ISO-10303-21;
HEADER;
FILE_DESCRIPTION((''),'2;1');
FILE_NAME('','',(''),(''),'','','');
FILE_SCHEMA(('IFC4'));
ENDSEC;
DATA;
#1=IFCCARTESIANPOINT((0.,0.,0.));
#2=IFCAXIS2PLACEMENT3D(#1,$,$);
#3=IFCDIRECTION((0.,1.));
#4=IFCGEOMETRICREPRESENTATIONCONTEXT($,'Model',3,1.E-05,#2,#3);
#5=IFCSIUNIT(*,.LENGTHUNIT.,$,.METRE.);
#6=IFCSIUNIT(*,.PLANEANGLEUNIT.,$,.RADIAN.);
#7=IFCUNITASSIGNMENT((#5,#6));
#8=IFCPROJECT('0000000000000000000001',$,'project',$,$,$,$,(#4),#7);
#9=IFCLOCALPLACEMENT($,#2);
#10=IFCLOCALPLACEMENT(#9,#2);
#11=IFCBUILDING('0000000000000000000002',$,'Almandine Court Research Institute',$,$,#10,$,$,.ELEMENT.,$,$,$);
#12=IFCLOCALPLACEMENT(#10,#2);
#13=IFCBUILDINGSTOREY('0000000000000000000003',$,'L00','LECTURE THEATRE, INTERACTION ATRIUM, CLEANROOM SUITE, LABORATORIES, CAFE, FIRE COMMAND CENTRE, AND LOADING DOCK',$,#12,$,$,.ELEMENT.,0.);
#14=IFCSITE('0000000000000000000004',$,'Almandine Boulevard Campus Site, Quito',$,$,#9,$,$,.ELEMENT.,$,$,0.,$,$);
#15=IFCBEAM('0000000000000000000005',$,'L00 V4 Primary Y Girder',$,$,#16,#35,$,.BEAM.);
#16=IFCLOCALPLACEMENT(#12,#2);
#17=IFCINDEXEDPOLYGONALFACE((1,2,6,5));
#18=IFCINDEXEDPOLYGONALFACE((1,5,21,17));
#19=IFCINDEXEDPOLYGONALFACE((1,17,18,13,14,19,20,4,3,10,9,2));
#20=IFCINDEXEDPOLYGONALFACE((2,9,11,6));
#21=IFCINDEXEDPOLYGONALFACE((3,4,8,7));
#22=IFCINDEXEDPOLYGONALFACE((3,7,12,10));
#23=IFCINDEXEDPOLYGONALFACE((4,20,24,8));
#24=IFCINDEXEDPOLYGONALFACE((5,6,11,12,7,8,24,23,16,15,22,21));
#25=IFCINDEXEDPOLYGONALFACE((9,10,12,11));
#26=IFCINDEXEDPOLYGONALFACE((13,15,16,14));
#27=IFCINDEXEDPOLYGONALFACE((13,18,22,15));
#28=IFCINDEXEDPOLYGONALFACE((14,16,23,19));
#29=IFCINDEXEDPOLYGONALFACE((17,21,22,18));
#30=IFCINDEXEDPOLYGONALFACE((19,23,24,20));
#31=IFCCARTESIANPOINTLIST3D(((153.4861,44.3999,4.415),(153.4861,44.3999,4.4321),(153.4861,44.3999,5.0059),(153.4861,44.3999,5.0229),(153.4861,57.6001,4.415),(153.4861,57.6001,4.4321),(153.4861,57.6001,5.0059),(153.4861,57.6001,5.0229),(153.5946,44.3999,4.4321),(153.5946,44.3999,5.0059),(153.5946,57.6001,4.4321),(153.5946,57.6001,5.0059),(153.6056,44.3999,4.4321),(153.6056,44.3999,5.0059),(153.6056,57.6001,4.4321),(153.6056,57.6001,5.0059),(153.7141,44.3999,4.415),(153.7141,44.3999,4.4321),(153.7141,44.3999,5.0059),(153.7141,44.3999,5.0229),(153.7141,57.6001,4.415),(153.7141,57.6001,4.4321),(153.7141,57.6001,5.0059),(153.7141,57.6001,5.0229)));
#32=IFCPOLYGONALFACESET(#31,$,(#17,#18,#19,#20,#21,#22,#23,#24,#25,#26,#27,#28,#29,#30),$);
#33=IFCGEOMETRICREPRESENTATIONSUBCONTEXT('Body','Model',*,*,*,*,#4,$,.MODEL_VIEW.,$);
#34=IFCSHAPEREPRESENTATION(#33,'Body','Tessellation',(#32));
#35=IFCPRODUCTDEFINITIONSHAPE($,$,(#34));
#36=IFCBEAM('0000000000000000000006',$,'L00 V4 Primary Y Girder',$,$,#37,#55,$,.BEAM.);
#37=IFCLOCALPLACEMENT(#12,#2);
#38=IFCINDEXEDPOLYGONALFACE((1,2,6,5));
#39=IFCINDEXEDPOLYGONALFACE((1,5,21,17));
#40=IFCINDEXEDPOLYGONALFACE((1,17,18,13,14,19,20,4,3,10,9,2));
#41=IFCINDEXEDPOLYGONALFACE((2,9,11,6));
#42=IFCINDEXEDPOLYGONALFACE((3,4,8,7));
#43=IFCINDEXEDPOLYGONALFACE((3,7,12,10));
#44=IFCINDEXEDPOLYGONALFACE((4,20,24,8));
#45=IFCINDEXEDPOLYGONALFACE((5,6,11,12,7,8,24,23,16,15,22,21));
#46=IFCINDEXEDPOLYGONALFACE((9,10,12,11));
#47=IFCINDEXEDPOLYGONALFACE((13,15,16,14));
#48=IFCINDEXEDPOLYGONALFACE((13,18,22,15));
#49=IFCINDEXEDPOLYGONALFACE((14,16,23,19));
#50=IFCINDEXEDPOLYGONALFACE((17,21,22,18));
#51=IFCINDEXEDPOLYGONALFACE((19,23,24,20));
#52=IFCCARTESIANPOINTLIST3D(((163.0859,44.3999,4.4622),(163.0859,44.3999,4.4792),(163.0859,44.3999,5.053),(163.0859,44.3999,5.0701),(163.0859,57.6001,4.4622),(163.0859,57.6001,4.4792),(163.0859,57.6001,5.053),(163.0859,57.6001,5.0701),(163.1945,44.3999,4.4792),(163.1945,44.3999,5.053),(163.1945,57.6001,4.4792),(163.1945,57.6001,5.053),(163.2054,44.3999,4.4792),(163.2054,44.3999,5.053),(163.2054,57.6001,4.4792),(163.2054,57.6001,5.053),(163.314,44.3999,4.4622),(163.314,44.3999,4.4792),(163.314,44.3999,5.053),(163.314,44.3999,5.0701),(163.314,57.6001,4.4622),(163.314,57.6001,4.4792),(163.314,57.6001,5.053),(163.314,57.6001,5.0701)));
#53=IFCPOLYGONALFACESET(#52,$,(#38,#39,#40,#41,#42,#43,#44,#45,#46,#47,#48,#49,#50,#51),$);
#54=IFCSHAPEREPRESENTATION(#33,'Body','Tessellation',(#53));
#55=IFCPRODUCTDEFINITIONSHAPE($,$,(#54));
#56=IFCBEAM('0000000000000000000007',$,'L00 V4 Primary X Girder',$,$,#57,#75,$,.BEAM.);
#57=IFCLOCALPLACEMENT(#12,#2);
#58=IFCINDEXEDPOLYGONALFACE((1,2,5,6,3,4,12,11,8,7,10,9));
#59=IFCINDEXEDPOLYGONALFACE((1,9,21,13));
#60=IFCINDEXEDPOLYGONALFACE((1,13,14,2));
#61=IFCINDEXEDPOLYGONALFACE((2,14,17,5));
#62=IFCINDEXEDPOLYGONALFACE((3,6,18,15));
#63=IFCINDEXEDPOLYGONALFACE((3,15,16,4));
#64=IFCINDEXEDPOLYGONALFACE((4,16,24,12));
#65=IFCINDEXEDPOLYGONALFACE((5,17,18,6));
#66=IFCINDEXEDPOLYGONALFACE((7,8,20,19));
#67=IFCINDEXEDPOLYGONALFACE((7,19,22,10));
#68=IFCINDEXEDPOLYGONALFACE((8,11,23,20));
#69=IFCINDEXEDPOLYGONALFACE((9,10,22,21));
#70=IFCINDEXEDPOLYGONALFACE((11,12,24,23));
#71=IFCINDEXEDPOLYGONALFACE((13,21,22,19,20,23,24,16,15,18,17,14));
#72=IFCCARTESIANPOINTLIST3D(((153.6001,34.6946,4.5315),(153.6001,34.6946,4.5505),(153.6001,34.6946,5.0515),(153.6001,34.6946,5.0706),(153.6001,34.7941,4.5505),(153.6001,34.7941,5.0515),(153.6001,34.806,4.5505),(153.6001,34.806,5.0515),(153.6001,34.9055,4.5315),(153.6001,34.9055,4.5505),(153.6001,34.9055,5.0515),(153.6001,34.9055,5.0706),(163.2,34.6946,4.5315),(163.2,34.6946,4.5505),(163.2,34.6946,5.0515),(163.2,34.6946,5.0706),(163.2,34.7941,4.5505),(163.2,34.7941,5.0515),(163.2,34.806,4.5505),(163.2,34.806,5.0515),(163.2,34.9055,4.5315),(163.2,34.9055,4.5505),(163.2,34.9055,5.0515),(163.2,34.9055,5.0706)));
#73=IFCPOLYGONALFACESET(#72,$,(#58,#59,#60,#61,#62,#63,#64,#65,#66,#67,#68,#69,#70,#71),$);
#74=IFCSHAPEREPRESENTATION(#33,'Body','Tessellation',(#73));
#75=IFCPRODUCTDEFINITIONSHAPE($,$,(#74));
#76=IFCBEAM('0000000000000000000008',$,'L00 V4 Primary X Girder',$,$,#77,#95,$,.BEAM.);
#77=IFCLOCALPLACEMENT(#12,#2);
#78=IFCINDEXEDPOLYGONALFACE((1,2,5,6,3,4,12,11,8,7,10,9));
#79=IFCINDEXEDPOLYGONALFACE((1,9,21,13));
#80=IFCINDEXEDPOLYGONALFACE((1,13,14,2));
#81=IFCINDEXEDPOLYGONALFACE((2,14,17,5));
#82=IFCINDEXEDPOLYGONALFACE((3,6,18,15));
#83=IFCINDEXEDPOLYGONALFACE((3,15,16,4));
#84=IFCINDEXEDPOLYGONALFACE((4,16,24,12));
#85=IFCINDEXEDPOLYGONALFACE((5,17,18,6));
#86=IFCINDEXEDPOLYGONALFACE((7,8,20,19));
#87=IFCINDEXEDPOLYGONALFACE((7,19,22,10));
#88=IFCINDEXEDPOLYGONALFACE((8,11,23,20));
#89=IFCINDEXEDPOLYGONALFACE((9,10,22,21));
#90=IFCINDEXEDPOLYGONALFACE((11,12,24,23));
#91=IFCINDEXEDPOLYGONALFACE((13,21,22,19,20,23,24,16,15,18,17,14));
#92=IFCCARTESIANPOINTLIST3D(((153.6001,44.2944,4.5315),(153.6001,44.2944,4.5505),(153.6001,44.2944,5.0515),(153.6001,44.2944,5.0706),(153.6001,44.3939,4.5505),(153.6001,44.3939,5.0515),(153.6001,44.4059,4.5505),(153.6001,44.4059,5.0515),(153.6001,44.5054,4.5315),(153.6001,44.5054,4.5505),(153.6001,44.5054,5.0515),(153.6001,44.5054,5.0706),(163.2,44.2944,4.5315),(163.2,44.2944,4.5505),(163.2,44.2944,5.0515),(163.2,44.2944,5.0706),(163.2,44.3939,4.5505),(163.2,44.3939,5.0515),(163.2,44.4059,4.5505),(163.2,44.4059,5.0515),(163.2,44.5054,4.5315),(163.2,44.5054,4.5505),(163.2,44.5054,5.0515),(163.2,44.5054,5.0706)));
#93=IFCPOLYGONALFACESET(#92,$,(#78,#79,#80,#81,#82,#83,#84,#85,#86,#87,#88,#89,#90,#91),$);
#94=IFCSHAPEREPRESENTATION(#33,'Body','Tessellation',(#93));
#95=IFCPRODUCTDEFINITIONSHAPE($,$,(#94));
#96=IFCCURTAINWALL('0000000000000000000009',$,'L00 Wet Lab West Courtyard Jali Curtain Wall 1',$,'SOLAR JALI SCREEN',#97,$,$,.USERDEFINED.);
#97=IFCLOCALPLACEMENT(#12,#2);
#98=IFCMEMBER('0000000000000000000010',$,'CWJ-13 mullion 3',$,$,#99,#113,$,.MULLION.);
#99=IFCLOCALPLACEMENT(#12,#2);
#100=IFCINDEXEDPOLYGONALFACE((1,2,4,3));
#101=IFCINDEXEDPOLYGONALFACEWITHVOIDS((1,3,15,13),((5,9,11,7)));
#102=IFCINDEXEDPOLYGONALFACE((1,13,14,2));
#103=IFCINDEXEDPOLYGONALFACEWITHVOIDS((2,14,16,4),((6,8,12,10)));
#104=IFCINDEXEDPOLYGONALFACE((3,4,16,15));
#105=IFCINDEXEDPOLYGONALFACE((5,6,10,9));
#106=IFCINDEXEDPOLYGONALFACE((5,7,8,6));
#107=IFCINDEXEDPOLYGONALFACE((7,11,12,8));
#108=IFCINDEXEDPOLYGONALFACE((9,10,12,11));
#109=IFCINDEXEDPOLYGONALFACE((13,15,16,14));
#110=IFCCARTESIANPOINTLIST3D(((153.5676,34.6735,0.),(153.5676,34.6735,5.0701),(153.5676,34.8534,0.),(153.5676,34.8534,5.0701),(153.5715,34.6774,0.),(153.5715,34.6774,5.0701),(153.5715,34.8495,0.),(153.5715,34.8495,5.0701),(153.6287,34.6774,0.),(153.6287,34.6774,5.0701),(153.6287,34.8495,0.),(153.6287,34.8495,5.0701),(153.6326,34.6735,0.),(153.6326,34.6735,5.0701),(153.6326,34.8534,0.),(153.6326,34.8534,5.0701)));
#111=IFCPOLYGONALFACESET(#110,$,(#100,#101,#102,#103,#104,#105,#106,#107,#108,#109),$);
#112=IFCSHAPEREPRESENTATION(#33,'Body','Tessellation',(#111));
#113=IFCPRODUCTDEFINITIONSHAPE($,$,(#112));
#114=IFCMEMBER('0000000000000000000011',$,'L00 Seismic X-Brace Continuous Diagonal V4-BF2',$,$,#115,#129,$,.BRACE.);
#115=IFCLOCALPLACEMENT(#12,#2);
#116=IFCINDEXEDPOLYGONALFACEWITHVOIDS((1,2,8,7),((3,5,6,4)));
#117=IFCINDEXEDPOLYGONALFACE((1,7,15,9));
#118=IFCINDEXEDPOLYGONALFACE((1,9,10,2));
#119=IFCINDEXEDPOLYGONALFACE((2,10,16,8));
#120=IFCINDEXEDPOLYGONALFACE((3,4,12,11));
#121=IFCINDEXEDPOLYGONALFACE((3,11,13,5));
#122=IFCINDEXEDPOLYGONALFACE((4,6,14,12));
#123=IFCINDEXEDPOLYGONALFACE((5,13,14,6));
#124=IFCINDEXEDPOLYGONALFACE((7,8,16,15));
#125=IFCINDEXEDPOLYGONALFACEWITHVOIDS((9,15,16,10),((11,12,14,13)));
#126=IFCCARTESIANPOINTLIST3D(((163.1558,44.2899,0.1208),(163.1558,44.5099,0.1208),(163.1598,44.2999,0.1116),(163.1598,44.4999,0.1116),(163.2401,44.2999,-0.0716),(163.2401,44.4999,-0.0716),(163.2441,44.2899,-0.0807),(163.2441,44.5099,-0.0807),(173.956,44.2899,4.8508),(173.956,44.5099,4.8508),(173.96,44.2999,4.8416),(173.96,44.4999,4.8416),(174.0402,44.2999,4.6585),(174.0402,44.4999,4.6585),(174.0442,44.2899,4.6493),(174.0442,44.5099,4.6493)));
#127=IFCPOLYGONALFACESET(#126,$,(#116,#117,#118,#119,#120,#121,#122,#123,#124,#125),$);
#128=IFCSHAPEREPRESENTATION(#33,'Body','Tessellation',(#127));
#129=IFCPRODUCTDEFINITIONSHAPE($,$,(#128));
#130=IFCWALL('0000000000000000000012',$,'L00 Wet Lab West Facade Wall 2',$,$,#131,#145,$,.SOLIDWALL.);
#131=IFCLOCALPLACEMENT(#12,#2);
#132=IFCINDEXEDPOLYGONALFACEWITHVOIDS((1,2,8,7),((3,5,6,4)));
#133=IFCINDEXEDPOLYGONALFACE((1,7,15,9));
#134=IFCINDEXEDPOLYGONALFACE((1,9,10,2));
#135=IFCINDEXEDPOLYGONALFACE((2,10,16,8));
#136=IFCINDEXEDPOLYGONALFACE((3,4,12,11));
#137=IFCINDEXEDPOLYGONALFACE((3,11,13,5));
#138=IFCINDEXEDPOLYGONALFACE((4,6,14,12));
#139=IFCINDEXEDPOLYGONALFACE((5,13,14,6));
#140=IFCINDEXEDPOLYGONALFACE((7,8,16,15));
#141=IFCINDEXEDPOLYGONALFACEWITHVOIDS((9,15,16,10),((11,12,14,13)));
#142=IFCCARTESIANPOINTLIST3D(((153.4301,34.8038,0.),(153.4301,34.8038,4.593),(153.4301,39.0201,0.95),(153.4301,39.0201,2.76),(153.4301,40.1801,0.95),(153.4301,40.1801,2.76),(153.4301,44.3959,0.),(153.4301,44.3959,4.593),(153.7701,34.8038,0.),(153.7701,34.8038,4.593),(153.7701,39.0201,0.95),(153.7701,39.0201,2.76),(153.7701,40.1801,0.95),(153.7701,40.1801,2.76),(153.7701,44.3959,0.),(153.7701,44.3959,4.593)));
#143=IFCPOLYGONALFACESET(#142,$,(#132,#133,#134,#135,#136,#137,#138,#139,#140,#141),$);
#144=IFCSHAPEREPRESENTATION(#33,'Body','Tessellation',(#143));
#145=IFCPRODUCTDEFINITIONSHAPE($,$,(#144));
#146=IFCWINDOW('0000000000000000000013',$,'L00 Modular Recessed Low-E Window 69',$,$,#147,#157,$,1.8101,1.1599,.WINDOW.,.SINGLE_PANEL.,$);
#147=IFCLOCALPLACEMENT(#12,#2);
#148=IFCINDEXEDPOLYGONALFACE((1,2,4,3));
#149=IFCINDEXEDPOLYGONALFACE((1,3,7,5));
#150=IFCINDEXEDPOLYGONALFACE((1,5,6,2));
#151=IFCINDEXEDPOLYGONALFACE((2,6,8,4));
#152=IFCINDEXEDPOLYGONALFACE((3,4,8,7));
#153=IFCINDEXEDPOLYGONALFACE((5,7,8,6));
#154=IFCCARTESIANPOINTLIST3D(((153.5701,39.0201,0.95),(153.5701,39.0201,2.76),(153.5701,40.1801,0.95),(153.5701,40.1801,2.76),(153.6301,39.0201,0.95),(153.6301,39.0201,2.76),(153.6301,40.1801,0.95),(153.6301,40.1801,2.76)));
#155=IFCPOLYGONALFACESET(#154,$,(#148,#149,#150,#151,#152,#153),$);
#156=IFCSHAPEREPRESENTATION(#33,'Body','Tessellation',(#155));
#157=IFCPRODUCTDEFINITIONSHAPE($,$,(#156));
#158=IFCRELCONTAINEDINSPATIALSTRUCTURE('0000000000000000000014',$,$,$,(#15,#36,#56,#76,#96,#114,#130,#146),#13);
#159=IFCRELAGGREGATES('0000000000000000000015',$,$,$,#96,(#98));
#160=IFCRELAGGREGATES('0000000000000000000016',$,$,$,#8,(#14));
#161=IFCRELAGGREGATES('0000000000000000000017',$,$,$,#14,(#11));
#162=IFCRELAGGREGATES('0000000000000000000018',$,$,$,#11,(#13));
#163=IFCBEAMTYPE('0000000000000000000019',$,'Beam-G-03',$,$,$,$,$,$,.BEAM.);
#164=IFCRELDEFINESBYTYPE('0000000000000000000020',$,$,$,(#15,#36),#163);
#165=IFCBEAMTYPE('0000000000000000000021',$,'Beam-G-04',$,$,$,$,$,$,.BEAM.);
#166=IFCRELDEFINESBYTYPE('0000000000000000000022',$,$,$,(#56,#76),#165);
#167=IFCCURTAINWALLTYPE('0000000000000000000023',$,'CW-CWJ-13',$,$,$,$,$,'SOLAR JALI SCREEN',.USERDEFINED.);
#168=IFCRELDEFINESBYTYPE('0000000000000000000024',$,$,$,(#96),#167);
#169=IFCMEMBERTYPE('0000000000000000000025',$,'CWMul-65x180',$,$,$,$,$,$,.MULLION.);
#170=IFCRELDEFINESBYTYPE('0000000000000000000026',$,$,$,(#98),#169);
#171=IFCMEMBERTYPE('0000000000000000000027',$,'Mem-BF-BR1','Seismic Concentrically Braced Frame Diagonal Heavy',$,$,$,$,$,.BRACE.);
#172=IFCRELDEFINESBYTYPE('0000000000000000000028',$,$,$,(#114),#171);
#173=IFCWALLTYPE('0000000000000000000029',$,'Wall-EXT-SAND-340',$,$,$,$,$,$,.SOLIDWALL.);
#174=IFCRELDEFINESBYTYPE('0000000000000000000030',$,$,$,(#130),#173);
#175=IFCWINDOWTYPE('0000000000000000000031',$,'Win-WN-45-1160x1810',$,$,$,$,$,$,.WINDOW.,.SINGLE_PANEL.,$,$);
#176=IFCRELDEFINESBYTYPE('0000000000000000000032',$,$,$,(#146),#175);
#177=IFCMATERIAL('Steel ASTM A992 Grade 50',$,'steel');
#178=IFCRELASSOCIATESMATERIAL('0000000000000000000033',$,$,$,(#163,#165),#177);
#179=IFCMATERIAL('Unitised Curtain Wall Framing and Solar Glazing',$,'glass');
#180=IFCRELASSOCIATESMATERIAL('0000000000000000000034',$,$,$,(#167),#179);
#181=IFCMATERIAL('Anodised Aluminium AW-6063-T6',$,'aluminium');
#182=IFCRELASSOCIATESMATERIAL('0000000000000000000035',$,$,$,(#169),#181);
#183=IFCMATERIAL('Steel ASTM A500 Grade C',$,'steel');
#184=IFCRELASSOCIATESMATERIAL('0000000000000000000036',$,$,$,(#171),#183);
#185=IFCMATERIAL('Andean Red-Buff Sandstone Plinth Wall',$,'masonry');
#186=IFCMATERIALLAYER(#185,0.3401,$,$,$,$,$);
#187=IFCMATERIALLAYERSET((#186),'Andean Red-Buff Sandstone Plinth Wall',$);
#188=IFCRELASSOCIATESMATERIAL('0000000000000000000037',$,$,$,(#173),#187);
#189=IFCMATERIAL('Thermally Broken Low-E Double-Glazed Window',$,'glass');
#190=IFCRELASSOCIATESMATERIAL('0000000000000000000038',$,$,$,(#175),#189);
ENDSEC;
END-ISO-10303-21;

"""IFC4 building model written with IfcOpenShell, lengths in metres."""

from ifc_helpers import new_model, si_unit, direction, frame, frame_2d, origin, origin_2d, place, context, subcontext, project, spatial, rectangle, hollow_rectangle, i_section, extrude, material, layer, layer_set, material_profile, profile_set, type_object, element, fill, aggregate, save


model = new_model("IFC4")

# Units and contexts
model_context = context("Model", 3, precision=1e-05, world=origin(), true_north=direction((0.0, 1.0)))
body_context = subcontext(model_context, "Body", "Model", "MODEL_VIEW")
ifc_project = project(units=[si_unit("LENGTHUNIT", "METRE"), si_unit("PLANEANGLEUNIT", "RADIAN")], contexts=[model_context])

# Site, building, storey
site_placement = place(None, origin())
site = spatial("IfcSite", under=ifc_project, at=site_placement, Name="Almandine Boulevard Campus Site, Quito", CompositionType="ELEMENT", RefElevation=0.0)
building_placement = place(site_placement, origin())
building = spatial("IfcBuilding", under=site, at=building_placement, Name="Almandine Court Research Institute", CompositionType="ELEMENT")
storey_placement = place(building_placement, origin())
storey = spatial("IfcBuildingStorey", under=building, at=storey_placement, Name="L00", Description="LECTURE THEATRE, INTERACTION ATRIUM, CLEANROOM SUITE, LABORATORIES, CAFE, FIRE COMMAND CENTRE, AND LOADING DOCK", CompositionType="ELEMENT", Elevation=0.0)

# Shared definitions
ifc_material_1 = material(Name="Steel ASTM A992 Grade 50", Category="steel")

# Beams
ifc_material_profile_1 = material_profile(ifc_material_1, i_section(OverallWidth=0.228, OverallDepth=0.6079, WebThickness=0.011, FlangeThickness=0.0171, at=origin_2d()), Name="W610x113")
ifc_profile_set_1 = profile_set([ifc_material_profile_1], Name="Steel ASTM A992 Grade 50")
beam_type_1 = type_object("IfcBeamType", Name="Beam-G-03", PredefinedType="BEAM", material=ifc_profile_set_1)
for number, where, z_axis, x_axis, name in (
    (1, (153.6001, 44.3999, 4.719), (0.0, 1.0, 0.0), (-1.0, 0.0, 0.0), "L00 V4 Primary Y Girder"),
    (2, (163.2, 44.3999, 4.7661), (0.0, 1.0, 0.0), (-1.0, 0.0, 0.0), "L00 V4 Primary Y Girder"),
):
    element("IfcBeam", number, at=place(storey_placement, frame(where, z_axis=z_axis, x_axis=x_axis)), inside=storey, type_object=beam_type_1, Name=name, PredefinedType="BEAM", context=body_context, shape_type="SweptSolid", body=[
        extrude(i_section(OverallWidth=0.228, OverallDepth=0.6079, WebThickness=0.011, FlangeThickness=0.0171, at=origin_2d()), origin(), (0.0, 0.0, 1.0), 13.2002),
    ])
ifc_material_profile_2 = material_profile(ifc_material_1, i_section(OverallWidth=0.2109, OverallDepth=0.5391, WebThickness=0.012, FlangeThickness=0.019, at=origin_2d()), Name="W530x109")
ifc_profile_set_2 = profile_set([ifc_material_profile_2], Name="Steel ASTM A992 Grade 50")
beam_type_2 = type_object("IfcBeamType", Name="Beam-G-04", PredefinedType="BEAM", material=ifc_profile_set_2)
for number, where, z_axis, x_axis, name in (
    (3, (153.6001, 34.8, 4.801), (1.0, 0.0, 0.0), (0.0, 1.0, 0.0), "L00 V4 Primary X Girder"),
    (4, (153.6001, 44.3999, 4.801), (1.0, 0.0, 0.0), (0.0, 1.0, 0.0), "L00 V4 Primary X Girder"),
):
    element("IfcBeam", number, at=place(storey_placement, frame(where, z_axis=z_axis, x_axis=x_axis)), inside=storey, type_object=beam_type_2, Name=name, PredefinedType="BEAM", context=body_context, shape_type="SweptSolid", body=[
        extrude(i_section(OverallWidth=0.2109, OverallDepth=0.5391, WebThickness=0.012, FlangeThickness=0.019, at=origin_2d()), origin(), (0.0, 0.0, 1.0), 9.5999),
    ])

# Curtain wall, member
ifc_material_2 = material(Name="Unitised Curtain Wall Framing and Solar Glazing", Category="glass")
curtain_wall_type = type_object("IfcCurtainWallType", Name="CW-CWJ-13", ElementType="SOLAR JALI SCREEN", PredefinedType="USERDEFINED", material=ifc_material_2)
curtain_wall_placement = place(storey_placement, origin())
curtain_wall = element("IfcCurtainWall", 5, at=curtain_wall_placement, inside=storey, type_object=curtain_wall_type, Name="L00 Wet Lab West Courtyard Jali Curtain Wall 1", ObjectType="SOLAR JALI SCREEN", PredefinedType="USERDEFINED")
ifc_material_3 = material(Name="Anodised Aluminium AW-6063-T6", Category="aluminium")
ifc_material_profile_3 = material_profile(ifc_material_3, hollow_rectangle(XDim=0.0649, YDim=0.1799, WallThickness=0.0039, at=origin_2d()), Name="ALU RHS 65x180x4")
ifc_profile_set_3 = profile_set([ifc_material_profile_3], Name="Anodised Aluminium AW-6063-T6")
member_type_1 = type_object("IfcMemberType", Name="CWMul-65x180", PredefinedType="MULLION", material=ifc_profile_set_3)
member_1_placement = place(storey_placement, frame((153.6001, 34.7634, 0.0), z_axis=(0.0, 0.0, 1.0), x_axis=(-1.0, 0.0, 0.0)))
member_1 = element("IfcMember", 6, at=member_1_placement, type_object=member_type_1, Name="CWJ-13 mullion 3", PredefinedType="MULLION", context=body_context, shape_type="SweptSolid", body=[
    extrude(hollow_rectangle(XDim=0.0649, YDim=0.1799, WallThickness=0.0039, at=origin_2d()), origin(), (0.0, 0.0, 1.0), 5.0701),
])
aggregate(curtain_wall, [member_1])

# Member
ifc_material_4 = material(Name="Steel ASTM A500 Grade C", Category="steel")
ifc_material_profile_4 = material_profile(ifc_material_4, hollow_rectangle(XDim=0.22, YDim=0.22, WallThickness=0.01, at=origin_2d()), Name="HSS 220x220x10")
ifc_profile_set_4 = profile_set([ifc_material_profile_4], Name="Steel ASTM A500 Grade C")
member_type_2 = type_object("IfcMemberType", Name="Mem-BF-BR1", Description="Seismic Concentrically Braced Frame Diagonal Heavy", PredefinedType="BRACE", material=ifc_profile_set_4)
member_2_placement = place(storey_placement, frame((163.2, 44.3999, 0.02), z_axis=(0.916003, 0.0, 0.401172), x_axis=(0.0, 1.0, 0.0)))
element("IfcMember", 7, at=member_2_placement, inside=storey, type_object=member_type_2, Name="L00 Seismic X-Brace Continuous Diagonal V4-BF2", PredefinedType="BRACE", context=body_context, shape_type="SweptSolid", body=[
    extrude(hollow_rectangle(XDim=0.22, YDim=0.22, WallThickness=0.01, at=origin_2d()), origin(), (0.0, 0.0, 1.0), 11.7905),
])

# Wall, opening, window
ifc_material_5 = material(Name="Andean Red-Buff Sandstone Plinth Wall", Category="masonry")
ifc_layer_1 = layer(ifc_material_5, 0.3401)
ifc_layer_set_1 = layer_set([ifc_layer_1], Name="Andean Red-Buff Sandstone Plinth Wall")
wall_type_1 = type_object("IfcWallType", Name="Wall-EXT-SAND-340", PredefinedType="SOLIDWALL", material=ifc_layer_set_1)
wall_1_placement = place(storey_placement, frame((153.6001, 34.804, 0.0), z_axis=(0.0, 0.0, 1.0), x_axis=(0.0, 1.0, 0.0)))
wall_1 = element("IfcWall", 8, at=wall_1_placement, inside=storey, type_object=wall_type_1, Name="L00 Wet Lab West Facade Wall 2", PredefinedType="SOLIDWALL", context=body_context, shape_type="SweptSolid", body=[
    extrude(rectangle(XDim=9.592, YDim=0.3401, at=frame_2d((4.7959, 0.0))), origin(), (0.0, 0.0, 1.0), 4.593),
])
opening_1_placement = place(wall_1_placement, frame((4.2161, 0.0, 0.95)))
opening_1 = element("IfcOpeningElement", 9, at=opening_1_placement, cuts=wall_1, PredefinedType="OPENING", context=body_context, shape_type="SweptSolid", body=[
    extrude(rectangle(XDim=1.1599, YDim=1.8101, at=frame_2d((0.5801, 0.905))), frame((0.0, 0.1799, 0.0), z_axis=(0.0, -1.0, 0.0), x_axis=(1.0, 0.0, 0.0)), (0.0, 0.0, 1.0), 0.3601),
])
ifc_material_6 = material(Name="Thermally Broken Low-E Double-Glazed Window", Category="glass")
window_type = type_object("IfcWindowType", Name="Win-WN-45-1160x1810", PartitioningType="SINGLE_PANEL", PredefinedType="WINDOW", material=ifc_material_6)
window_placement = place(opening_1_placement, origin())
window = element("IfcWindow", 10, at=window_placement, inside=storey, type_object=window_type, Name="L00 Modular Recessed Low-E Window 69", OverallHeight=1.8101, OverallWidth=1.1599, PartitioningType="SINGLE_PANEL", PredefinedType="WINDOW", context=body_context, shape_type="SweptSolid", body=[
    extrude(rectangle(XDim=1.1599, YDim=1.8101, at=frame_2d((0.5801, 0.905))), frame((0.0, 0.03, 0.0), z_axis=(0.0, -1.0, 0.0), x_axis=(1.0, 0.0, 0.0)), (0.0, 0.0, 1.0), 0.0601),
])
fill(opening_1, window)

save(model, "model.ifc")
